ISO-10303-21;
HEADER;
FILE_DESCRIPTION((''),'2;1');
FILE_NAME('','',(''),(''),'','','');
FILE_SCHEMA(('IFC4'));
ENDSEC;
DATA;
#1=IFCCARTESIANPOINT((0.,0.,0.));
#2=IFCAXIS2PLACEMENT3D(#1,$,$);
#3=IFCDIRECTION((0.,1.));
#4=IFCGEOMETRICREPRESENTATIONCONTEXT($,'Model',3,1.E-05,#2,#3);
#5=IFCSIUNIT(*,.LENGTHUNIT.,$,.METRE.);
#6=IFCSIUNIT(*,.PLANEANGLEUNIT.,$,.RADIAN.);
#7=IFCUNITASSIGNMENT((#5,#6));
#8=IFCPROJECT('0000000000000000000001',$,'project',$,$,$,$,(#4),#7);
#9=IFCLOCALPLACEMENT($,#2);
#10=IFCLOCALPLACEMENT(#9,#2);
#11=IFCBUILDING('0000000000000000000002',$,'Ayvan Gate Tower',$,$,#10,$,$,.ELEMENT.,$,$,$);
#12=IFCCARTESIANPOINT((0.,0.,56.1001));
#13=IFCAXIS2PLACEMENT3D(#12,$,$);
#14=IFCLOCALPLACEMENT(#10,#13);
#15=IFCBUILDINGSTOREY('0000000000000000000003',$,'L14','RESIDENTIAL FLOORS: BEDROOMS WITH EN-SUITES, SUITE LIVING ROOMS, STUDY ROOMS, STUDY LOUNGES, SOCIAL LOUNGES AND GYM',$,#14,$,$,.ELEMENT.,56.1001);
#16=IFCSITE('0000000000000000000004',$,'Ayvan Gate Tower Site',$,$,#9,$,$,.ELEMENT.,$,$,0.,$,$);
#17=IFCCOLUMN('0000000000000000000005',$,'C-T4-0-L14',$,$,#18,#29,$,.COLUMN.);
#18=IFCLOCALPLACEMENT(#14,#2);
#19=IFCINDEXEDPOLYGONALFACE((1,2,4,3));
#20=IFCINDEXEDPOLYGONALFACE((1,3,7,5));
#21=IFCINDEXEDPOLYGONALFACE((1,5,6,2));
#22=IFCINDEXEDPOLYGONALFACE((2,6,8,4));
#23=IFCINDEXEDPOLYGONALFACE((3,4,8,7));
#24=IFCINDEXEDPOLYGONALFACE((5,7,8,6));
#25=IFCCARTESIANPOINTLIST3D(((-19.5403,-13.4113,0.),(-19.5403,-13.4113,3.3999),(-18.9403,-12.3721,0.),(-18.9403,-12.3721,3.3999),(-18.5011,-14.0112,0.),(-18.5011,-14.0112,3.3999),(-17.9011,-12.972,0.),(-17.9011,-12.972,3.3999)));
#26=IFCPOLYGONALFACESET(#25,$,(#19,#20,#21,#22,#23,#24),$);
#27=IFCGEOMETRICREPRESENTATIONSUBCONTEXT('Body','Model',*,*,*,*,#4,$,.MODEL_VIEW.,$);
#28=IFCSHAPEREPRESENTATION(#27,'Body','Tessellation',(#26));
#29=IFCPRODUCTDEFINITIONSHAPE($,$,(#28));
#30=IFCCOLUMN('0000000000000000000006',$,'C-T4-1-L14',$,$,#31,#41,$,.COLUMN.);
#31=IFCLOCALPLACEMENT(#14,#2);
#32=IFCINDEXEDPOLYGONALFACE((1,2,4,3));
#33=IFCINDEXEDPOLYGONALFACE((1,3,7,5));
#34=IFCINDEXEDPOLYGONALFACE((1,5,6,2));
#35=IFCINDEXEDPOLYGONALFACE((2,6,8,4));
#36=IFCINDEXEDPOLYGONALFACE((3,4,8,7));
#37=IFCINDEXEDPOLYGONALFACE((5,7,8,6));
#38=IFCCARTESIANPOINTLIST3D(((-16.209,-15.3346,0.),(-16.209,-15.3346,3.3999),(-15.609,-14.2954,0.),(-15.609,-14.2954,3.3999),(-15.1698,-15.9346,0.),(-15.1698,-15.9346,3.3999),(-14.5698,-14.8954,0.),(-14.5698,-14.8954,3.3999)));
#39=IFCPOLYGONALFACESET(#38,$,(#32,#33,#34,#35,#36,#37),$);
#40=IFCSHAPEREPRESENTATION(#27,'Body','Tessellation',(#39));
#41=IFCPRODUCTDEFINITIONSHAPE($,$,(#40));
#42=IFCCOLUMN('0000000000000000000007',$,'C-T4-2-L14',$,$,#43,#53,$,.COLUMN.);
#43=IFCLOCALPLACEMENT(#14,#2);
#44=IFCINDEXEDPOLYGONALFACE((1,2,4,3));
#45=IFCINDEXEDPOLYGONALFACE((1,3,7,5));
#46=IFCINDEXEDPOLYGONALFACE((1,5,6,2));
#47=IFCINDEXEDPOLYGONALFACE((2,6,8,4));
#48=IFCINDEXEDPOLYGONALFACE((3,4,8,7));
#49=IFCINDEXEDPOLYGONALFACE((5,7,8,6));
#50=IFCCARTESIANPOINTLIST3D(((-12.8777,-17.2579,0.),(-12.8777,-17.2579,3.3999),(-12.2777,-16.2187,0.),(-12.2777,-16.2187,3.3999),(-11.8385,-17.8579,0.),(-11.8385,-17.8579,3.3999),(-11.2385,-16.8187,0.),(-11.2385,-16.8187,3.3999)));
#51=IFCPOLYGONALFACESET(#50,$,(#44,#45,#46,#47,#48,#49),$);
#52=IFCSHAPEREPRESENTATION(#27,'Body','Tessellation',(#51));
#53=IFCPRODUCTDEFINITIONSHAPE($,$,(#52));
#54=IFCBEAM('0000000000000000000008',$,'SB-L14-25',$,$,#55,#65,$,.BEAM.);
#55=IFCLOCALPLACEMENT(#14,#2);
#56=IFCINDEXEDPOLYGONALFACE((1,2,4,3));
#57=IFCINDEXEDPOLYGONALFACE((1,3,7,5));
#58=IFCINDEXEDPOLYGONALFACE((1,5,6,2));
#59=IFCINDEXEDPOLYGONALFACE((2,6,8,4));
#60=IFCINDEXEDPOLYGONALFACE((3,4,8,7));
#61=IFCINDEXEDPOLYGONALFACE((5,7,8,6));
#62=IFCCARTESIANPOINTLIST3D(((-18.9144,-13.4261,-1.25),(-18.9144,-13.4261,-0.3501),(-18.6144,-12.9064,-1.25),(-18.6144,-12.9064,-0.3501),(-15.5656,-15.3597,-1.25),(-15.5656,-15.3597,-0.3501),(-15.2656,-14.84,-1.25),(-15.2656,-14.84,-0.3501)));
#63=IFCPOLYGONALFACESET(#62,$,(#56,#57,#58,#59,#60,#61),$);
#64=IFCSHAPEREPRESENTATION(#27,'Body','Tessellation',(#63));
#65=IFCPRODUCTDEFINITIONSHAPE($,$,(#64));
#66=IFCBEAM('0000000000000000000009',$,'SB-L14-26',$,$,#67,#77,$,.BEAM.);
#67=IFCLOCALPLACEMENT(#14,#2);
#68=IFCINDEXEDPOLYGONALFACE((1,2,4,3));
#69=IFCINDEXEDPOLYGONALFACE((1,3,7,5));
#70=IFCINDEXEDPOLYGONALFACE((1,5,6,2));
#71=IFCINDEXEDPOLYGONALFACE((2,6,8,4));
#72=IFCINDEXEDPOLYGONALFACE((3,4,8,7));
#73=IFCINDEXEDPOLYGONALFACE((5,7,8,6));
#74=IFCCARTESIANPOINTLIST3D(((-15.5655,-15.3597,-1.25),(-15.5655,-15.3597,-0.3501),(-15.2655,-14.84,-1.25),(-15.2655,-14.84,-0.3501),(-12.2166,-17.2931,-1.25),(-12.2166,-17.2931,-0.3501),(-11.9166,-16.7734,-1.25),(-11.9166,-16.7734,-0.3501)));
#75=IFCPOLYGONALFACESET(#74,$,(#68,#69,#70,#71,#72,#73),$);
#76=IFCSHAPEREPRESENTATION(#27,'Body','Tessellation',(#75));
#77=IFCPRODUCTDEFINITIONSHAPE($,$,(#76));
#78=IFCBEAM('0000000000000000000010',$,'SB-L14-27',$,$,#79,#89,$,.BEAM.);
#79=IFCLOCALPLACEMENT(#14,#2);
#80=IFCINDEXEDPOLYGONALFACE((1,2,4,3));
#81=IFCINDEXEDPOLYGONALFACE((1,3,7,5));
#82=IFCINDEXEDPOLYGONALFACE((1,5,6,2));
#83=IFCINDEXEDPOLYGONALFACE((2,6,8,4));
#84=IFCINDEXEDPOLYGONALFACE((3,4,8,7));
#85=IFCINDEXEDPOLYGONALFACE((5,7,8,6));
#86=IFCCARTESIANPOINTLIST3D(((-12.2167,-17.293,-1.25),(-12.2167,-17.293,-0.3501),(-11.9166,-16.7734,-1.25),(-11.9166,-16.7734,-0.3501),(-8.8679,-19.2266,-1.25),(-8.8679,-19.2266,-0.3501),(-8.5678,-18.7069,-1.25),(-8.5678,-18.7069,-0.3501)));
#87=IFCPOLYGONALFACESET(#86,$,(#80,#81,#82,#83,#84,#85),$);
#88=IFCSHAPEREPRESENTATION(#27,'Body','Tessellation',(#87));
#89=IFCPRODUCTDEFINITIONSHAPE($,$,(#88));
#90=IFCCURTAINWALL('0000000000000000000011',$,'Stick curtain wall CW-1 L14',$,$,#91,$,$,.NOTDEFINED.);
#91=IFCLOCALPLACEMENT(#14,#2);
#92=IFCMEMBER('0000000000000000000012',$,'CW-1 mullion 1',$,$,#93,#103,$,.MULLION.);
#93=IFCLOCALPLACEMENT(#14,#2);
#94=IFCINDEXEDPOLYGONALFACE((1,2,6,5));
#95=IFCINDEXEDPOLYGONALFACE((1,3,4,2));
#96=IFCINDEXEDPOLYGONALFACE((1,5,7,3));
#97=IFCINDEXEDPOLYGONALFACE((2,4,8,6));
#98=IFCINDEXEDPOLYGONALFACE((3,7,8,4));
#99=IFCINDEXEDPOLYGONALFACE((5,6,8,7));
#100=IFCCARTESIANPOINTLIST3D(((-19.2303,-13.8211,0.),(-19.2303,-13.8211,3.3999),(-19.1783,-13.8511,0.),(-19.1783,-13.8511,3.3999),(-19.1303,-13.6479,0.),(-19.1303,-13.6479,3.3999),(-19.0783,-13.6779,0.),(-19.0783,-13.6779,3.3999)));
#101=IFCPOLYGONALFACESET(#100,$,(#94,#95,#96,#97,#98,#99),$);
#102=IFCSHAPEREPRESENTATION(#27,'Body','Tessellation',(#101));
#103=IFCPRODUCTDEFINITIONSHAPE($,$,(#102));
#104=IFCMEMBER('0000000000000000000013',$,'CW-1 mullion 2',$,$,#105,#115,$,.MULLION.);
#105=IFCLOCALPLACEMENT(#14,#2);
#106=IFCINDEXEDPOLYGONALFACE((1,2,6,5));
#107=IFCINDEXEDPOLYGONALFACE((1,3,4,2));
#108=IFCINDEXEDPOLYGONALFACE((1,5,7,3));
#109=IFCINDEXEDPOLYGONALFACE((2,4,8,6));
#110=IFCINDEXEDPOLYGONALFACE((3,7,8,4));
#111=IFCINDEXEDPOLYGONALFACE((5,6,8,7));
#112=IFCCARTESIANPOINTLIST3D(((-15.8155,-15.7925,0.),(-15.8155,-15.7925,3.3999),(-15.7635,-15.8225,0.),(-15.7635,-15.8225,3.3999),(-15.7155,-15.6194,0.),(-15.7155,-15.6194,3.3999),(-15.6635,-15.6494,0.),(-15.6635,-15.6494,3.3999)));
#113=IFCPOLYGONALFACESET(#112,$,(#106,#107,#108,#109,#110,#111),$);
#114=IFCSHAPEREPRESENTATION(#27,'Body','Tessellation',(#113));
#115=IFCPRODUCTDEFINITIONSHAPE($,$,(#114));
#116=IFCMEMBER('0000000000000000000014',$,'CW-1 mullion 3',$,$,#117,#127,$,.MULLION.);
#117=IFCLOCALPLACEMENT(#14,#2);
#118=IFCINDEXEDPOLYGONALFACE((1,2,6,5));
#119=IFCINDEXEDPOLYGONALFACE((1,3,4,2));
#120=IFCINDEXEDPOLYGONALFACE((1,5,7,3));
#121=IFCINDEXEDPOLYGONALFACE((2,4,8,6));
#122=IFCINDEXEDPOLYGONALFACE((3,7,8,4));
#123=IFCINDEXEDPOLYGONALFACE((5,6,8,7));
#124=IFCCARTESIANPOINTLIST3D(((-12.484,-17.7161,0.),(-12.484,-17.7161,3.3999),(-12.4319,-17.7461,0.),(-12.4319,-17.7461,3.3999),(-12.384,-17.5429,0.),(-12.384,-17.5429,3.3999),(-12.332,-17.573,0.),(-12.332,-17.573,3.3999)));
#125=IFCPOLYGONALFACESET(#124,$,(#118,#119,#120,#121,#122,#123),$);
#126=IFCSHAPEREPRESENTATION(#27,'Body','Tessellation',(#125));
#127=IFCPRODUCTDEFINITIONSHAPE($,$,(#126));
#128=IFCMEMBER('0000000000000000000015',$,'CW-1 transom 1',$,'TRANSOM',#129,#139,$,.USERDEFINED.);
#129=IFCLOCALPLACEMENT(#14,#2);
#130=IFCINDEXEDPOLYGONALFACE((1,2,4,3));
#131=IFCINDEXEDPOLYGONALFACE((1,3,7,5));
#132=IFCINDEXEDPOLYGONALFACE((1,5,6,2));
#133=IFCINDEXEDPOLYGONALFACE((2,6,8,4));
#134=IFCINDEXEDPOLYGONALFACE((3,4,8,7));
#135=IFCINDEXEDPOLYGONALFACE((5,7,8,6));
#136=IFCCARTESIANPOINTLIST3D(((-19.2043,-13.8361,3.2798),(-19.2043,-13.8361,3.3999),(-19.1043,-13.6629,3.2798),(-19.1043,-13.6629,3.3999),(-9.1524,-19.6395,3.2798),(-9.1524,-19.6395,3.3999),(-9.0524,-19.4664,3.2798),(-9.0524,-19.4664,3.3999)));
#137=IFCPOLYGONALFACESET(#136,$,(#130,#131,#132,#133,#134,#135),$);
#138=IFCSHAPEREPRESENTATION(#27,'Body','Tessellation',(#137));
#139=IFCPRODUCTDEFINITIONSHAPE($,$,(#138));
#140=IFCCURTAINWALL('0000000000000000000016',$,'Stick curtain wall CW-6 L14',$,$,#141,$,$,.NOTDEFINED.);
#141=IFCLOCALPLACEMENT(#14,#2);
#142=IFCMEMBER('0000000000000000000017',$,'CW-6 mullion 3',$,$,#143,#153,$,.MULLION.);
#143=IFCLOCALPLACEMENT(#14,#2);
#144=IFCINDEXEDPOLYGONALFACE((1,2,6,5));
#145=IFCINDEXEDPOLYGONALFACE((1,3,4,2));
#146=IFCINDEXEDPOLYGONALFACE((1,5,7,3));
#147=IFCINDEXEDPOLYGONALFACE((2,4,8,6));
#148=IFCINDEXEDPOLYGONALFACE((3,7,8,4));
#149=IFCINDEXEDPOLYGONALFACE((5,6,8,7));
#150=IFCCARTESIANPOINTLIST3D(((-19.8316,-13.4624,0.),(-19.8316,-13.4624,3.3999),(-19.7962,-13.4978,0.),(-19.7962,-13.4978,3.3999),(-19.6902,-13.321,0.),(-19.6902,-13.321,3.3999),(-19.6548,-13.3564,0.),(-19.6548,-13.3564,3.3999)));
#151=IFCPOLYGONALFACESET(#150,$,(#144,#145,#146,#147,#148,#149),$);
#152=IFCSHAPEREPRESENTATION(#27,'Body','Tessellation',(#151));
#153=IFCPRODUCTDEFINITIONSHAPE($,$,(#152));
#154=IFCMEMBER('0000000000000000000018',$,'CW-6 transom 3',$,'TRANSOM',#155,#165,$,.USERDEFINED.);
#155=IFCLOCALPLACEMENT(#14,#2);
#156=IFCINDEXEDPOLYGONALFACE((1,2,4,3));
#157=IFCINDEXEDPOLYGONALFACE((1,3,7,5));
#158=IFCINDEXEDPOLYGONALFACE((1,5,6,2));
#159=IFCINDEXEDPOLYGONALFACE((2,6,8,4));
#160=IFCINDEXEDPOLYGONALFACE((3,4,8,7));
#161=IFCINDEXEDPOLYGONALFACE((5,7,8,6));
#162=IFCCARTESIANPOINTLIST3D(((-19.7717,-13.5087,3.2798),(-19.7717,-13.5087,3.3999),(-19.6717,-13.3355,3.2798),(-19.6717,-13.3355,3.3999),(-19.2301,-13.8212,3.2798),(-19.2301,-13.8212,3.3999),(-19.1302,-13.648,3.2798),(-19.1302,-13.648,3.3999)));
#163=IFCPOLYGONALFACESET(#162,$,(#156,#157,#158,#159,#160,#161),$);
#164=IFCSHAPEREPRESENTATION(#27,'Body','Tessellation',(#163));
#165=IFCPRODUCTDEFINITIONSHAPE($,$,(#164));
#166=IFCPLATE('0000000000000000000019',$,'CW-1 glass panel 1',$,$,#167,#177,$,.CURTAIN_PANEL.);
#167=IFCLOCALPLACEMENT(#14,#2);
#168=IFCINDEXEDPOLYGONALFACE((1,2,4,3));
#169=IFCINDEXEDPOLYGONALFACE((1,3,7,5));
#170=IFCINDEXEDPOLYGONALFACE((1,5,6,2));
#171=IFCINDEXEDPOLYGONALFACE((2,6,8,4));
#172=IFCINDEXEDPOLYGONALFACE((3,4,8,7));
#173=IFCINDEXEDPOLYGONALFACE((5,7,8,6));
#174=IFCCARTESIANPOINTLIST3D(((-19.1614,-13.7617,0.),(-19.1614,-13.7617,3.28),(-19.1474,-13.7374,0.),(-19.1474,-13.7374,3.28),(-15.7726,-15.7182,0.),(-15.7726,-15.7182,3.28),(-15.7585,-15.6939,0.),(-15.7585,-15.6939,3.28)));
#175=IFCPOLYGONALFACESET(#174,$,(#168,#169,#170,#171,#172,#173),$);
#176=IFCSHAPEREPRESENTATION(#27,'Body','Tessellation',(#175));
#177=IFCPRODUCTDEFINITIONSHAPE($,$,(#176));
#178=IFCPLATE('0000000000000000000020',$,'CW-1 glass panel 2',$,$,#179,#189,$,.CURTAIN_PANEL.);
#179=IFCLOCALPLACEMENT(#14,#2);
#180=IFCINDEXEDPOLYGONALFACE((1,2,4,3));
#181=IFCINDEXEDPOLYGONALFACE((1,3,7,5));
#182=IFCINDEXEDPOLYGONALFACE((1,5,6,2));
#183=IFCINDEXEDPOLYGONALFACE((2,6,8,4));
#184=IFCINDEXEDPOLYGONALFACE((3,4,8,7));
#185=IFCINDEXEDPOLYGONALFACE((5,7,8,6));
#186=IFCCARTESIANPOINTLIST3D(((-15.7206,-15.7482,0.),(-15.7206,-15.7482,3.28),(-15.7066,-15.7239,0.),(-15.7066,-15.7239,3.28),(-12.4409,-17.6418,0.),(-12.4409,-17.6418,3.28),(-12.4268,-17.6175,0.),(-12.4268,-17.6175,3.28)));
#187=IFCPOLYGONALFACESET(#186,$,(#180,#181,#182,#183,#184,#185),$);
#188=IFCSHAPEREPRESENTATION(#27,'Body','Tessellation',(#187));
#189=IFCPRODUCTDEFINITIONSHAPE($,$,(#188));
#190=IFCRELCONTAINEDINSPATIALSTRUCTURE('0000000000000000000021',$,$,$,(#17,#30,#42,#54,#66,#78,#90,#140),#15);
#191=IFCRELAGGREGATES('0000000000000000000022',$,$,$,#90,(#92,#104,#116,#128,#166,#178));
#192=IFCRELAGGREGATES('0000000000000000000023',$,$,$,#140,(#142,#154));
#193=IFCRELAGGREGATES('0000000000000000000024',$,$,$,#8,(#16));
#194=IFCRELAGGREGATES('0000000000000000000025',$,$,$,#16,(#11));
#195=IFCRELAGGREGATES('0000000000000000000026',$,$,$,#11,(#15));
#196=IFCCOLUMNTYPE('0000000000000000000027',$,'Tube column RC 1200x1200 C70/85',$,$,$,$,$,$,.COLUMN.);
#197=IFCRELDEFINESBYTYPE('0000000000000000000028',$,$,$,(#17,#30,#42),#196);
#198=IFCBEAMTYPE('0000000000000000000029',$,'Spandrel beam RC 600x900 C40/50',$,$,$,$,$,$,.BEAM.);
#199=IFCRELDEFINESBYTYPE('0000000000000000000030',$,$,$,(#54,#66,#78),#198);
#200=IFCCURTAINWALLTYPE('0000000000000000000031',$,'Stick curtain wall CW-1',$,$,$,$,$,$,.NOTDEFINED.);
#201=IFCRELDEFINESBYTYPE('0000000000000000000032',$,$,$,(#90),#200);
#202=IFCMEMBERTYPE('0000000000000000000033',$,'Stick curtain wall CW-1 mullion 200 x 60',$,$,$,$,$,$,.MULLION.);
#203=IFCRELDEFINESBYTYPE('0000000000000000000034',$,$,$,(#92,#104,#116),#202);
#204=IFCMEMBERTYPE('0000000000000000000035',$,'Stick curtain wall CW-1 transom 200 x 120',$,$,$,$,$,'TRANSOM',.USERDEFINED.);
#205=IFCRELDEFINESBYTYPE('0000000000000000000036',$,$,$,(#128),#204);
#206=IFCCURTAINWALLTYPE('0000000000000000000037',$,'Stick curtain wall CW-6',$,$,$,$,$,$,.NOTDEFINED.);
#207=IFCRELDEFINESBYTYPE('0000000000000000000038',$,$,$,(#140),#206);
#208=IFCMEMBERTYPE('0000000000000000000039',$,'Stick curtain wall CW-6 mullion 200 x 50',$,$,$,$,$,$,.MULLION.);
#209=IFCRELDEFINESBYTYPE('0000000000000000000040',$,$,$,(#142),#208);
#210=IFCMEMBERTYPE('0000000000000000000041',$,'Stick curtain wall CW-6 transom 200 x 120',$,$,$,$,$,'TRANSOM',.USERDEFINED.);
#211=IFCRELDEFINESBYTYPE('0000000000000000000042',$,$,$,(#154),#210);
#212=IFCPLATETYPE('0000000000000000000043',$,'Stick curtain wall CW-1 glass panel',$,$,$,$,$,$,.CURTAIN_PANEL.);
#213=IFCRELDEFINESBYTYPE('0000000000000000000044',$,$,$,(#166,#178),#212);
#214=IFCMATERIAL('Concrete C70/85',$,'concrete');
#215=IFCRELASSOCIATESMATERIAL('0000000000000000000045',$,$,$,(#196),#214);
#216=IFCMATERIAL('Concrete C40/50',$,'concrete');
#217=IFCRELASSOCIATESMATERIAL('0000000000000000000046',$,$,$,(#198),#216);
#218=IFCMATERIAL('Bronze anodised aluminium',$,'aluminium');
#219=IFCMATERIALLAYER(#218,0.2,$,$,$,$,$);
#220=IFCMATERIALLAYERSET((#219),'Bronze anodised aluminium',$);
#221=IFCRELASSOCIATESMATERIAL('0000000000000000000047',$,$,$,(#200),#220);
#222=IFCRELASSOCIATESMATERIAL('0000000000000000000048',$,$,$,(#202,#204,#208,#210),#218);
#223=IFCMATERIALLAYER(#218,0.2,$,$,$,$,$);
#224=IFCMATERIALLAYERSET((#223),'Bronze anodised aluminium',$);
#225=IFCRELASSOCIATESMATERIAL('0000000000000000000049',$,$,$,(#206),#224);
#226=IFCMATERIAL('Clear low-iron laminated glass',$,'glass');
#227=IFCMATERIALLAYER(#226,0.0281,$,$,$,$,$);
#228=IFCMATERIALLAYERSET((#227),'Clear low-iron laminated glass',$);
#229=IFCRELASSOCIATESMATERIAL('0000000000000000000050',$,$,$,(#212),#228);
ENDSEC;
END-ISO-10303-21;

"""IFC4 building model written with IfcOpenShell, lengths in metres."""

from ifc_helpers import new_model, si_unit, direction, frame, origin, origin_2d, place, context, subcontext, project, spatial, rectangle, extrude, material, layer, layer_set, material_profile, profile_set, type_object, element, aggregate, save


model = new_model("IFC4")

# Units and contexts
model_context = context("Model", 3, precision=1e-05, world=origin(), true_north=direction((0.0, 1.0)))
body_context = subcontext(model_context, "Body", "Model", "MODEL_VIEW")
ifc_project = project(units=[si_unit("LENGTHUNIT", "METRE"), si_unit("PLANEANGLEUNIT", "RADIAN")], contexts=[model_context])

# Site, building, storey
site_placement = place(None, origin())
site = spatial("IfcSite", under=ifc_project, at=site_placement, Name="Ayvan Gate Tower Site", CompositionType="ELEMENT", RefElevation=0.0)
building_placement = place(site_placement, origin())
building = spatial("IfcBuilding", under=site, at=building_placement, Name="Ayvan Gate Tower", CompositionType="ELEMENT")
storey_placement = place(building_placement, frame((0.0, 0.0, 56.1001)))
storey = spatial("IfcBuildingStorey", under=building, at=storey_placement, Name="L14", Description="RESIDENTIAL FLOORS: BEDROOMS WITH EN-SUITES, SUITE LIVING ROOMS, STUDY ROOMS, STUDY LOUNGES, SOCIAL LOUNGES AND GYM", CompositionType="ELEMENT", Elevation=56.1001)

# Columns
ifc_material_1 = material(Name="Concrete C70/85", Category="concrete")
ifc_material_profile_1 = material_profile(ifc_material_1, rectangle(XDim=1.2, YDim=1.2, at=origin_2d()), Name="RC 1200x1200")
ifc_profile_set_1 = profile_set([ifc_material_profile_1], Name="Concrete C70/85")
column_type = type_object("IfcColumnType", Name="Tube column RC 1200x1200 C70/85", PredefinedType="COLUMN", material=ifc_profile_set_1)
for number, where, z_axis, x_axis, name in (
    (1, (-18.7207, -13.1917, 0.0), (0.0, 0.0, 1.0), (-0.5, -0.866025, 0.0), "C-T4-0-L14"),
    (2, (-15.3894, -15.115, 0.0), (0.0, 0.0, 1.0), (-0.5, -0.866025, 0.0), "C-T4-1-L14"),
    (3, (-12.0581, -17.0383, 0.0), (0.0, 0.0, 1.0), (-0.5, -0.866025, 0.0), "C-T4-2-L14"),
):
    element("IfcColumn", number, at=place(storey_placement, frame(where, z_axis=z_axis, x_axis=x_axis)), inside=storey, type_object=column_type, Name=name, PredefinedType="COLUMN", context=body_context, shape_type="SweptSolid", body=[
        extrude(rectangle(XDim=1.2, YDim=1.2, at=origin_2d()), origin(), (0.0, 0.0, 1.0), 3.3999),
    ])

# Beams
ifc_material_2 = material(Name="Concrete C40/50", Category="concrete")
ifc_material_profile_2 = material_profile(ifc_material_2, rectangle(XDim=0.6001, YDim=0.8999, at=origin_2d()), Name="RC 600x900")
ifc_profile_set_2 = profile_set([ifc_material_profile_2], Name="Concrete C40/50")
beam_type = type_object("IfcBeamType", Name="Spandrel beam RC 600x900 C40/50", PredefinedType="BEAM", material=ifc_profile_set_2)
for number, where, z_axis, x_axis, name in (
    (4, (-18.7644, -13.1663, -0.8), (0.866012, -0.500023, 0.0), (0.500023, 0.866012, 0.0), "SB-L14-25"),
    (5, (-15.4155, -15.0999, -0.8), (0.866039, -0.499976, 0.0), (0.499976, 0.866039, 0.0), "SB-L14-26"),
    (6, (-12.0667, -17.0332, -0.8), (0.866012, -0.500023, 0.0), (0.500023, 0.866012, 0.0), "SB-L14-27"),
):
    element("IfcBeam", number, at=place(storey_placement, frame(where, z_axis=z_axis, x_axis=x_axis)), inside=storey, type_object=beam_type, Name=name, PredefinedType="BEAM", context=body_context, shape_type="SweptSolid", body=[
        extrude(rectangle(XDim=0.6001, YDim=0.8999, at=origin_2d()), origin(), (0.0, 0.0, 1.0), 3.8669),
    ])

# Curtain walls, members
ifc_material_3 = material(Name="Bronze anodised aluminium", Category="aluminium")
ifc_layer_1 = layer(ifc_material_3, 0.2)
ifc_layer_set_1 = layer_set([ifc_layer_1], Name="Bronze anodised aluminium")
curtain_wall_type_1 = type_object("IfcCurtainWallType", Name="Stick curtain wall CW-1", PredefinedType="NOTDEFINED", material=ifc_layer_set_1)
curtain_wall_1_placement = place(storey_placement, origin())
curtain_wall_1 = element("IfcCurtainWall", 7, at=curtain_wall_1_placement, inside=storey, type_object=curtain_wall_type_1, Name="Stick curtain wall CW-1 L14", PredefinedType="NOTDEFINED")
ifc_material_profile_3 = material_profile(ifc_material_3, rectangle(XDim=0.2, YDim=0.0601, at=origin_2d()), Name="Stick curtain wall CW-1 mullion 200 x 60")
ifc_profile_set_3 = profile_set([ifc_material_profile_3], Name="Bronze anodised aluminium")
member_type_1 = type_object("IfcMemberType", Name="Stick curtain wall CW-1 mullion 200 x 60", PredefinedType="MULLION", material=ifc_profile_set_3)
member_1_placement = place(storey_placement, frame((-19.1543, -13.7495, 0.0), z_axis=(0.0, 0.0, 1.0), x_axis=(-0.5, -0.866025, 0.0)))
member_1 = element("IfcMember", 8, at=member_1_placement, type_object=member_type_1, Name="CW-1 mullion 1", PredefinedType="MULLION", context=body_context, shape_type="SweptSolid", body=[
    extrude(rectangle(XDim=0.2, YDim=0.0601, at=origin_2d()), origin(), (0.0, 0.0, 1.0), 3.3999),
])
member_2_placement = place(storey_placement, frame((-15.7395, -15.7209, 0.0), z_axis=(0.0, 0.0, 1.0), x_axis=(-0.5, -0.866025, 0.0)))
member_2 = element("IfcMember", 9, at=member_2_placement, type_object=member_type_1, Name="CW-1 mullion 2", PredefinedType="MULLION", context=body_context, shape_type="SweptSolid", body=[
    extrude(rectangle(XDim=0.2, YDim=0.0601, at=origin_2d()), origin(), (0.0, 0.0, 1.0), 3.3999),
])
member_3_placement = place(storey_placement, frame((-12.408, -17.6445, 0.0), z_axis=(0.0, 0.0, 1.0), x_axis=(-0.5, -0.866025, 0.0)))
member_3 = element("IfcMember", 10, at=member_3_placement, type_object=member_type_1, Name="CW-1 mullion 3", PredefinedType="MULLION", context=body_context, shape_type="SweptSolid", body=[
    extrude(rectangle(XDim=0.2, YDim=0.0601, at=origin_2d()), origin(), (0.0, 0.0, 1.0), 3.3999),
])
ifc_material_profile_4 = material_profile(ifc_material_3, rectangle(XDim=0.2, YDim=0.1201, at=origin_2d()), Name="Stick curtain wall CW-1 transom 200 x 120")
ifc_profile_set_4 = profile_set([ifc_material_profile_4], Name="Bronze anodised aluminium")
member_type_2 = type_object("IfcMemberType", Name="Stick curtain wall CW-1 transom 200 x 120", ElementType="TRANSOM", PredefinedType="USERDEFINED", material=ifc_profile_set_4)
member_4_placement = place(storey_placement, frame((-19.1543, -13.7495, 3.3398), z_axis=(0.866028, -0.499996, 0.0), x_axis=(0.499996, 0.866028, 0.0)))
member_4 = element("IfcMember", 11, at=member_4_placement, type_object=member_type_2, Name="CW-1 transom 1", ObjectType="TRANSOM", PredefinedType="USERDEFINED", context=body_context, shape_type="SweptSolid", body=[
    extrude(rectangle(XDim=0.2, YDim=0.1201, at=origin_2d()), origin(), (0.0, 0.0, 1.0), 11.6069),
])
ifc_layer_2 = layer(ifc_material_3, 0.2)
ifc_layer_set_2 = layer_set([ifc_layer_2], Name="Bronze anodised aluminium")
curtain_wall_type_2 = type_object("IfcCurtainWallType", Name="Stick curtain wall CW-6", PredefinedType="NOTDEFINED", material=ifc_layer_set_2)
curtain_wall_2_placement = place(storey_placement, origin())
curtain_wall_2 = element("IfcCurtainWall", 12, at=curtain_wall_2_placement, inside=storey, type_object=curtain_wall_type_2, Name="Stick curtain wall CW-6 L14", PredefinedType="NOTDEFINED")
ifc_material_profile_5 = material_profile(ifc_material_3, rectangle(XDim=0.2, YDim=0.05, at=origin_2d()), Name="Stick curtain wall CW-6 mullion 200 x 50")
ifc_profile_set_5 = profile_set([ifc_material_profile_5], Name="Bronze anodised aluminium")
member_type_3 = type_object("IfcMemberType", Name="Stick curtain wall CW-6 mullion 200 x 50", PredefinedType="MULLION", material=ifc_profile_set_5)
member_5_placement = place(storey_placement, frame((-19.7432, -13.4094, 0.0), z_axis=(0.0, 0.0, 1.0), x_axis=(-0.707107, -0.707107, 0.0)))
member_5 = element("IfcMember", 13, at=member_5_placement, type_object=member_type_3, Name="CW-6 mullion 3", PredefinedType="MULLION", context=body_context, shape_type="SweptSolid", body=[
    extrude(rectangle(XDim=0.2, YDim=0.05, at=origin_2d()), origin(), (0.0, 0.0, 1.0), 3.3999),
])
ifc_material_profile_6 = material_profile(ifc_material_3, rectangle(XDim=0.2, YDim=0.1201, at=origin_2d()), Name="Stick curtain wall CW-6 transom 200 x 120")
ifc_profile_set_6 = profile_set([ifc_material_profile_6], Name="Bronze anodised aluminium")
member_type_4 = type_object("IfcMemberType", Name="Stick curtain wall CW-6 transom 200 x 120", ElementType="TRANSOM", PredefinedType="USERDEFINED", material=ifc_profile_set_6)
member_6_placement = place(storey_placement, frame((-19.7217, -13.4221, 3.3398), z_axis=(0.866121, -0.499835, 0.0), x_axis=(0.499835, 0.866121, 0.0)))
member_6 = element("IfcMember", 14, at=member_6_placement, type_object=member_type_4, Name="CW-6 transom 3", ObjectType="TRANSOM", PredefinedType="USERDEFINED", context=body_context, shape_type="SweptSolid", body=[
    extrude(rectangle(XDim=0.2, YDim=0.1201, at=origin_2d()), origin(), (0.0, 0.0, 1.0), 0.6252),
])

# Plates
ifc_material_4 = material(Name="Clear low-iron laminated glass", Category="glass")
ifc_layer_3 = layer(ifc_material_4, 0.0281)
ifc_layer_set_3 = layer_set([ifc_layer_3], Name="Clear low-iron laminated glass")
plate_type_1 = type_object("IfcPlateType", Name="Stick curtain wall CW-1 glass panel", PredefinedType="CURTAIN_PANEL", material=ifc_layer_set_3)
plate_1_placement = place(storey_placement, frame((-17.46, -14.7278, 0.0), z_axis=(0.0, 0.0, 1.0), x_axis=(0.866025, -0.5, 0.0)))
plate_1 = element("IfcPlate", 15, at=plate_1_placement, type_object=plate_type_1, Name="CW-1 glass panel 1", PredefinedType="CURTAIN_PANEL", context=body_context, shape_type="SweptSolid", body=[
    extrude(rectangle(XDim=3.9131, YDim=0.0281, at=origin_2d()), origin(), (0.0, 0.0, 1.0), 3.28),
])
plate_2_placement = place(storey_placement, frame((-14.0737, -16.6829, 0.0), z_axis=(0.0, 0.0, 1.0), x_axis=(0.866025, -0.5, 0.0)))
plate_2 = element("IfcPlate", 16, at=plate_2_placement, type_object=plate_type_1, Name="CW-1 glass panel 2", PredefinedType="CURTAIN_PANEL", context=body_context, shape_type="SweptSolid", body=[
    extrude(rectangle(XDim=3.7871, YDim=0.0281, at=origin_2d()), origin(), (0.0, 0.0, 1.0), 3.28),
])
aggregate(curtain_wall_1, [member_1, member_2, member_3, member_4, plate_1, plate_2])
aggregate(curtain_wall_2, [member_5, member_6])

save(model, "model.ifc")
